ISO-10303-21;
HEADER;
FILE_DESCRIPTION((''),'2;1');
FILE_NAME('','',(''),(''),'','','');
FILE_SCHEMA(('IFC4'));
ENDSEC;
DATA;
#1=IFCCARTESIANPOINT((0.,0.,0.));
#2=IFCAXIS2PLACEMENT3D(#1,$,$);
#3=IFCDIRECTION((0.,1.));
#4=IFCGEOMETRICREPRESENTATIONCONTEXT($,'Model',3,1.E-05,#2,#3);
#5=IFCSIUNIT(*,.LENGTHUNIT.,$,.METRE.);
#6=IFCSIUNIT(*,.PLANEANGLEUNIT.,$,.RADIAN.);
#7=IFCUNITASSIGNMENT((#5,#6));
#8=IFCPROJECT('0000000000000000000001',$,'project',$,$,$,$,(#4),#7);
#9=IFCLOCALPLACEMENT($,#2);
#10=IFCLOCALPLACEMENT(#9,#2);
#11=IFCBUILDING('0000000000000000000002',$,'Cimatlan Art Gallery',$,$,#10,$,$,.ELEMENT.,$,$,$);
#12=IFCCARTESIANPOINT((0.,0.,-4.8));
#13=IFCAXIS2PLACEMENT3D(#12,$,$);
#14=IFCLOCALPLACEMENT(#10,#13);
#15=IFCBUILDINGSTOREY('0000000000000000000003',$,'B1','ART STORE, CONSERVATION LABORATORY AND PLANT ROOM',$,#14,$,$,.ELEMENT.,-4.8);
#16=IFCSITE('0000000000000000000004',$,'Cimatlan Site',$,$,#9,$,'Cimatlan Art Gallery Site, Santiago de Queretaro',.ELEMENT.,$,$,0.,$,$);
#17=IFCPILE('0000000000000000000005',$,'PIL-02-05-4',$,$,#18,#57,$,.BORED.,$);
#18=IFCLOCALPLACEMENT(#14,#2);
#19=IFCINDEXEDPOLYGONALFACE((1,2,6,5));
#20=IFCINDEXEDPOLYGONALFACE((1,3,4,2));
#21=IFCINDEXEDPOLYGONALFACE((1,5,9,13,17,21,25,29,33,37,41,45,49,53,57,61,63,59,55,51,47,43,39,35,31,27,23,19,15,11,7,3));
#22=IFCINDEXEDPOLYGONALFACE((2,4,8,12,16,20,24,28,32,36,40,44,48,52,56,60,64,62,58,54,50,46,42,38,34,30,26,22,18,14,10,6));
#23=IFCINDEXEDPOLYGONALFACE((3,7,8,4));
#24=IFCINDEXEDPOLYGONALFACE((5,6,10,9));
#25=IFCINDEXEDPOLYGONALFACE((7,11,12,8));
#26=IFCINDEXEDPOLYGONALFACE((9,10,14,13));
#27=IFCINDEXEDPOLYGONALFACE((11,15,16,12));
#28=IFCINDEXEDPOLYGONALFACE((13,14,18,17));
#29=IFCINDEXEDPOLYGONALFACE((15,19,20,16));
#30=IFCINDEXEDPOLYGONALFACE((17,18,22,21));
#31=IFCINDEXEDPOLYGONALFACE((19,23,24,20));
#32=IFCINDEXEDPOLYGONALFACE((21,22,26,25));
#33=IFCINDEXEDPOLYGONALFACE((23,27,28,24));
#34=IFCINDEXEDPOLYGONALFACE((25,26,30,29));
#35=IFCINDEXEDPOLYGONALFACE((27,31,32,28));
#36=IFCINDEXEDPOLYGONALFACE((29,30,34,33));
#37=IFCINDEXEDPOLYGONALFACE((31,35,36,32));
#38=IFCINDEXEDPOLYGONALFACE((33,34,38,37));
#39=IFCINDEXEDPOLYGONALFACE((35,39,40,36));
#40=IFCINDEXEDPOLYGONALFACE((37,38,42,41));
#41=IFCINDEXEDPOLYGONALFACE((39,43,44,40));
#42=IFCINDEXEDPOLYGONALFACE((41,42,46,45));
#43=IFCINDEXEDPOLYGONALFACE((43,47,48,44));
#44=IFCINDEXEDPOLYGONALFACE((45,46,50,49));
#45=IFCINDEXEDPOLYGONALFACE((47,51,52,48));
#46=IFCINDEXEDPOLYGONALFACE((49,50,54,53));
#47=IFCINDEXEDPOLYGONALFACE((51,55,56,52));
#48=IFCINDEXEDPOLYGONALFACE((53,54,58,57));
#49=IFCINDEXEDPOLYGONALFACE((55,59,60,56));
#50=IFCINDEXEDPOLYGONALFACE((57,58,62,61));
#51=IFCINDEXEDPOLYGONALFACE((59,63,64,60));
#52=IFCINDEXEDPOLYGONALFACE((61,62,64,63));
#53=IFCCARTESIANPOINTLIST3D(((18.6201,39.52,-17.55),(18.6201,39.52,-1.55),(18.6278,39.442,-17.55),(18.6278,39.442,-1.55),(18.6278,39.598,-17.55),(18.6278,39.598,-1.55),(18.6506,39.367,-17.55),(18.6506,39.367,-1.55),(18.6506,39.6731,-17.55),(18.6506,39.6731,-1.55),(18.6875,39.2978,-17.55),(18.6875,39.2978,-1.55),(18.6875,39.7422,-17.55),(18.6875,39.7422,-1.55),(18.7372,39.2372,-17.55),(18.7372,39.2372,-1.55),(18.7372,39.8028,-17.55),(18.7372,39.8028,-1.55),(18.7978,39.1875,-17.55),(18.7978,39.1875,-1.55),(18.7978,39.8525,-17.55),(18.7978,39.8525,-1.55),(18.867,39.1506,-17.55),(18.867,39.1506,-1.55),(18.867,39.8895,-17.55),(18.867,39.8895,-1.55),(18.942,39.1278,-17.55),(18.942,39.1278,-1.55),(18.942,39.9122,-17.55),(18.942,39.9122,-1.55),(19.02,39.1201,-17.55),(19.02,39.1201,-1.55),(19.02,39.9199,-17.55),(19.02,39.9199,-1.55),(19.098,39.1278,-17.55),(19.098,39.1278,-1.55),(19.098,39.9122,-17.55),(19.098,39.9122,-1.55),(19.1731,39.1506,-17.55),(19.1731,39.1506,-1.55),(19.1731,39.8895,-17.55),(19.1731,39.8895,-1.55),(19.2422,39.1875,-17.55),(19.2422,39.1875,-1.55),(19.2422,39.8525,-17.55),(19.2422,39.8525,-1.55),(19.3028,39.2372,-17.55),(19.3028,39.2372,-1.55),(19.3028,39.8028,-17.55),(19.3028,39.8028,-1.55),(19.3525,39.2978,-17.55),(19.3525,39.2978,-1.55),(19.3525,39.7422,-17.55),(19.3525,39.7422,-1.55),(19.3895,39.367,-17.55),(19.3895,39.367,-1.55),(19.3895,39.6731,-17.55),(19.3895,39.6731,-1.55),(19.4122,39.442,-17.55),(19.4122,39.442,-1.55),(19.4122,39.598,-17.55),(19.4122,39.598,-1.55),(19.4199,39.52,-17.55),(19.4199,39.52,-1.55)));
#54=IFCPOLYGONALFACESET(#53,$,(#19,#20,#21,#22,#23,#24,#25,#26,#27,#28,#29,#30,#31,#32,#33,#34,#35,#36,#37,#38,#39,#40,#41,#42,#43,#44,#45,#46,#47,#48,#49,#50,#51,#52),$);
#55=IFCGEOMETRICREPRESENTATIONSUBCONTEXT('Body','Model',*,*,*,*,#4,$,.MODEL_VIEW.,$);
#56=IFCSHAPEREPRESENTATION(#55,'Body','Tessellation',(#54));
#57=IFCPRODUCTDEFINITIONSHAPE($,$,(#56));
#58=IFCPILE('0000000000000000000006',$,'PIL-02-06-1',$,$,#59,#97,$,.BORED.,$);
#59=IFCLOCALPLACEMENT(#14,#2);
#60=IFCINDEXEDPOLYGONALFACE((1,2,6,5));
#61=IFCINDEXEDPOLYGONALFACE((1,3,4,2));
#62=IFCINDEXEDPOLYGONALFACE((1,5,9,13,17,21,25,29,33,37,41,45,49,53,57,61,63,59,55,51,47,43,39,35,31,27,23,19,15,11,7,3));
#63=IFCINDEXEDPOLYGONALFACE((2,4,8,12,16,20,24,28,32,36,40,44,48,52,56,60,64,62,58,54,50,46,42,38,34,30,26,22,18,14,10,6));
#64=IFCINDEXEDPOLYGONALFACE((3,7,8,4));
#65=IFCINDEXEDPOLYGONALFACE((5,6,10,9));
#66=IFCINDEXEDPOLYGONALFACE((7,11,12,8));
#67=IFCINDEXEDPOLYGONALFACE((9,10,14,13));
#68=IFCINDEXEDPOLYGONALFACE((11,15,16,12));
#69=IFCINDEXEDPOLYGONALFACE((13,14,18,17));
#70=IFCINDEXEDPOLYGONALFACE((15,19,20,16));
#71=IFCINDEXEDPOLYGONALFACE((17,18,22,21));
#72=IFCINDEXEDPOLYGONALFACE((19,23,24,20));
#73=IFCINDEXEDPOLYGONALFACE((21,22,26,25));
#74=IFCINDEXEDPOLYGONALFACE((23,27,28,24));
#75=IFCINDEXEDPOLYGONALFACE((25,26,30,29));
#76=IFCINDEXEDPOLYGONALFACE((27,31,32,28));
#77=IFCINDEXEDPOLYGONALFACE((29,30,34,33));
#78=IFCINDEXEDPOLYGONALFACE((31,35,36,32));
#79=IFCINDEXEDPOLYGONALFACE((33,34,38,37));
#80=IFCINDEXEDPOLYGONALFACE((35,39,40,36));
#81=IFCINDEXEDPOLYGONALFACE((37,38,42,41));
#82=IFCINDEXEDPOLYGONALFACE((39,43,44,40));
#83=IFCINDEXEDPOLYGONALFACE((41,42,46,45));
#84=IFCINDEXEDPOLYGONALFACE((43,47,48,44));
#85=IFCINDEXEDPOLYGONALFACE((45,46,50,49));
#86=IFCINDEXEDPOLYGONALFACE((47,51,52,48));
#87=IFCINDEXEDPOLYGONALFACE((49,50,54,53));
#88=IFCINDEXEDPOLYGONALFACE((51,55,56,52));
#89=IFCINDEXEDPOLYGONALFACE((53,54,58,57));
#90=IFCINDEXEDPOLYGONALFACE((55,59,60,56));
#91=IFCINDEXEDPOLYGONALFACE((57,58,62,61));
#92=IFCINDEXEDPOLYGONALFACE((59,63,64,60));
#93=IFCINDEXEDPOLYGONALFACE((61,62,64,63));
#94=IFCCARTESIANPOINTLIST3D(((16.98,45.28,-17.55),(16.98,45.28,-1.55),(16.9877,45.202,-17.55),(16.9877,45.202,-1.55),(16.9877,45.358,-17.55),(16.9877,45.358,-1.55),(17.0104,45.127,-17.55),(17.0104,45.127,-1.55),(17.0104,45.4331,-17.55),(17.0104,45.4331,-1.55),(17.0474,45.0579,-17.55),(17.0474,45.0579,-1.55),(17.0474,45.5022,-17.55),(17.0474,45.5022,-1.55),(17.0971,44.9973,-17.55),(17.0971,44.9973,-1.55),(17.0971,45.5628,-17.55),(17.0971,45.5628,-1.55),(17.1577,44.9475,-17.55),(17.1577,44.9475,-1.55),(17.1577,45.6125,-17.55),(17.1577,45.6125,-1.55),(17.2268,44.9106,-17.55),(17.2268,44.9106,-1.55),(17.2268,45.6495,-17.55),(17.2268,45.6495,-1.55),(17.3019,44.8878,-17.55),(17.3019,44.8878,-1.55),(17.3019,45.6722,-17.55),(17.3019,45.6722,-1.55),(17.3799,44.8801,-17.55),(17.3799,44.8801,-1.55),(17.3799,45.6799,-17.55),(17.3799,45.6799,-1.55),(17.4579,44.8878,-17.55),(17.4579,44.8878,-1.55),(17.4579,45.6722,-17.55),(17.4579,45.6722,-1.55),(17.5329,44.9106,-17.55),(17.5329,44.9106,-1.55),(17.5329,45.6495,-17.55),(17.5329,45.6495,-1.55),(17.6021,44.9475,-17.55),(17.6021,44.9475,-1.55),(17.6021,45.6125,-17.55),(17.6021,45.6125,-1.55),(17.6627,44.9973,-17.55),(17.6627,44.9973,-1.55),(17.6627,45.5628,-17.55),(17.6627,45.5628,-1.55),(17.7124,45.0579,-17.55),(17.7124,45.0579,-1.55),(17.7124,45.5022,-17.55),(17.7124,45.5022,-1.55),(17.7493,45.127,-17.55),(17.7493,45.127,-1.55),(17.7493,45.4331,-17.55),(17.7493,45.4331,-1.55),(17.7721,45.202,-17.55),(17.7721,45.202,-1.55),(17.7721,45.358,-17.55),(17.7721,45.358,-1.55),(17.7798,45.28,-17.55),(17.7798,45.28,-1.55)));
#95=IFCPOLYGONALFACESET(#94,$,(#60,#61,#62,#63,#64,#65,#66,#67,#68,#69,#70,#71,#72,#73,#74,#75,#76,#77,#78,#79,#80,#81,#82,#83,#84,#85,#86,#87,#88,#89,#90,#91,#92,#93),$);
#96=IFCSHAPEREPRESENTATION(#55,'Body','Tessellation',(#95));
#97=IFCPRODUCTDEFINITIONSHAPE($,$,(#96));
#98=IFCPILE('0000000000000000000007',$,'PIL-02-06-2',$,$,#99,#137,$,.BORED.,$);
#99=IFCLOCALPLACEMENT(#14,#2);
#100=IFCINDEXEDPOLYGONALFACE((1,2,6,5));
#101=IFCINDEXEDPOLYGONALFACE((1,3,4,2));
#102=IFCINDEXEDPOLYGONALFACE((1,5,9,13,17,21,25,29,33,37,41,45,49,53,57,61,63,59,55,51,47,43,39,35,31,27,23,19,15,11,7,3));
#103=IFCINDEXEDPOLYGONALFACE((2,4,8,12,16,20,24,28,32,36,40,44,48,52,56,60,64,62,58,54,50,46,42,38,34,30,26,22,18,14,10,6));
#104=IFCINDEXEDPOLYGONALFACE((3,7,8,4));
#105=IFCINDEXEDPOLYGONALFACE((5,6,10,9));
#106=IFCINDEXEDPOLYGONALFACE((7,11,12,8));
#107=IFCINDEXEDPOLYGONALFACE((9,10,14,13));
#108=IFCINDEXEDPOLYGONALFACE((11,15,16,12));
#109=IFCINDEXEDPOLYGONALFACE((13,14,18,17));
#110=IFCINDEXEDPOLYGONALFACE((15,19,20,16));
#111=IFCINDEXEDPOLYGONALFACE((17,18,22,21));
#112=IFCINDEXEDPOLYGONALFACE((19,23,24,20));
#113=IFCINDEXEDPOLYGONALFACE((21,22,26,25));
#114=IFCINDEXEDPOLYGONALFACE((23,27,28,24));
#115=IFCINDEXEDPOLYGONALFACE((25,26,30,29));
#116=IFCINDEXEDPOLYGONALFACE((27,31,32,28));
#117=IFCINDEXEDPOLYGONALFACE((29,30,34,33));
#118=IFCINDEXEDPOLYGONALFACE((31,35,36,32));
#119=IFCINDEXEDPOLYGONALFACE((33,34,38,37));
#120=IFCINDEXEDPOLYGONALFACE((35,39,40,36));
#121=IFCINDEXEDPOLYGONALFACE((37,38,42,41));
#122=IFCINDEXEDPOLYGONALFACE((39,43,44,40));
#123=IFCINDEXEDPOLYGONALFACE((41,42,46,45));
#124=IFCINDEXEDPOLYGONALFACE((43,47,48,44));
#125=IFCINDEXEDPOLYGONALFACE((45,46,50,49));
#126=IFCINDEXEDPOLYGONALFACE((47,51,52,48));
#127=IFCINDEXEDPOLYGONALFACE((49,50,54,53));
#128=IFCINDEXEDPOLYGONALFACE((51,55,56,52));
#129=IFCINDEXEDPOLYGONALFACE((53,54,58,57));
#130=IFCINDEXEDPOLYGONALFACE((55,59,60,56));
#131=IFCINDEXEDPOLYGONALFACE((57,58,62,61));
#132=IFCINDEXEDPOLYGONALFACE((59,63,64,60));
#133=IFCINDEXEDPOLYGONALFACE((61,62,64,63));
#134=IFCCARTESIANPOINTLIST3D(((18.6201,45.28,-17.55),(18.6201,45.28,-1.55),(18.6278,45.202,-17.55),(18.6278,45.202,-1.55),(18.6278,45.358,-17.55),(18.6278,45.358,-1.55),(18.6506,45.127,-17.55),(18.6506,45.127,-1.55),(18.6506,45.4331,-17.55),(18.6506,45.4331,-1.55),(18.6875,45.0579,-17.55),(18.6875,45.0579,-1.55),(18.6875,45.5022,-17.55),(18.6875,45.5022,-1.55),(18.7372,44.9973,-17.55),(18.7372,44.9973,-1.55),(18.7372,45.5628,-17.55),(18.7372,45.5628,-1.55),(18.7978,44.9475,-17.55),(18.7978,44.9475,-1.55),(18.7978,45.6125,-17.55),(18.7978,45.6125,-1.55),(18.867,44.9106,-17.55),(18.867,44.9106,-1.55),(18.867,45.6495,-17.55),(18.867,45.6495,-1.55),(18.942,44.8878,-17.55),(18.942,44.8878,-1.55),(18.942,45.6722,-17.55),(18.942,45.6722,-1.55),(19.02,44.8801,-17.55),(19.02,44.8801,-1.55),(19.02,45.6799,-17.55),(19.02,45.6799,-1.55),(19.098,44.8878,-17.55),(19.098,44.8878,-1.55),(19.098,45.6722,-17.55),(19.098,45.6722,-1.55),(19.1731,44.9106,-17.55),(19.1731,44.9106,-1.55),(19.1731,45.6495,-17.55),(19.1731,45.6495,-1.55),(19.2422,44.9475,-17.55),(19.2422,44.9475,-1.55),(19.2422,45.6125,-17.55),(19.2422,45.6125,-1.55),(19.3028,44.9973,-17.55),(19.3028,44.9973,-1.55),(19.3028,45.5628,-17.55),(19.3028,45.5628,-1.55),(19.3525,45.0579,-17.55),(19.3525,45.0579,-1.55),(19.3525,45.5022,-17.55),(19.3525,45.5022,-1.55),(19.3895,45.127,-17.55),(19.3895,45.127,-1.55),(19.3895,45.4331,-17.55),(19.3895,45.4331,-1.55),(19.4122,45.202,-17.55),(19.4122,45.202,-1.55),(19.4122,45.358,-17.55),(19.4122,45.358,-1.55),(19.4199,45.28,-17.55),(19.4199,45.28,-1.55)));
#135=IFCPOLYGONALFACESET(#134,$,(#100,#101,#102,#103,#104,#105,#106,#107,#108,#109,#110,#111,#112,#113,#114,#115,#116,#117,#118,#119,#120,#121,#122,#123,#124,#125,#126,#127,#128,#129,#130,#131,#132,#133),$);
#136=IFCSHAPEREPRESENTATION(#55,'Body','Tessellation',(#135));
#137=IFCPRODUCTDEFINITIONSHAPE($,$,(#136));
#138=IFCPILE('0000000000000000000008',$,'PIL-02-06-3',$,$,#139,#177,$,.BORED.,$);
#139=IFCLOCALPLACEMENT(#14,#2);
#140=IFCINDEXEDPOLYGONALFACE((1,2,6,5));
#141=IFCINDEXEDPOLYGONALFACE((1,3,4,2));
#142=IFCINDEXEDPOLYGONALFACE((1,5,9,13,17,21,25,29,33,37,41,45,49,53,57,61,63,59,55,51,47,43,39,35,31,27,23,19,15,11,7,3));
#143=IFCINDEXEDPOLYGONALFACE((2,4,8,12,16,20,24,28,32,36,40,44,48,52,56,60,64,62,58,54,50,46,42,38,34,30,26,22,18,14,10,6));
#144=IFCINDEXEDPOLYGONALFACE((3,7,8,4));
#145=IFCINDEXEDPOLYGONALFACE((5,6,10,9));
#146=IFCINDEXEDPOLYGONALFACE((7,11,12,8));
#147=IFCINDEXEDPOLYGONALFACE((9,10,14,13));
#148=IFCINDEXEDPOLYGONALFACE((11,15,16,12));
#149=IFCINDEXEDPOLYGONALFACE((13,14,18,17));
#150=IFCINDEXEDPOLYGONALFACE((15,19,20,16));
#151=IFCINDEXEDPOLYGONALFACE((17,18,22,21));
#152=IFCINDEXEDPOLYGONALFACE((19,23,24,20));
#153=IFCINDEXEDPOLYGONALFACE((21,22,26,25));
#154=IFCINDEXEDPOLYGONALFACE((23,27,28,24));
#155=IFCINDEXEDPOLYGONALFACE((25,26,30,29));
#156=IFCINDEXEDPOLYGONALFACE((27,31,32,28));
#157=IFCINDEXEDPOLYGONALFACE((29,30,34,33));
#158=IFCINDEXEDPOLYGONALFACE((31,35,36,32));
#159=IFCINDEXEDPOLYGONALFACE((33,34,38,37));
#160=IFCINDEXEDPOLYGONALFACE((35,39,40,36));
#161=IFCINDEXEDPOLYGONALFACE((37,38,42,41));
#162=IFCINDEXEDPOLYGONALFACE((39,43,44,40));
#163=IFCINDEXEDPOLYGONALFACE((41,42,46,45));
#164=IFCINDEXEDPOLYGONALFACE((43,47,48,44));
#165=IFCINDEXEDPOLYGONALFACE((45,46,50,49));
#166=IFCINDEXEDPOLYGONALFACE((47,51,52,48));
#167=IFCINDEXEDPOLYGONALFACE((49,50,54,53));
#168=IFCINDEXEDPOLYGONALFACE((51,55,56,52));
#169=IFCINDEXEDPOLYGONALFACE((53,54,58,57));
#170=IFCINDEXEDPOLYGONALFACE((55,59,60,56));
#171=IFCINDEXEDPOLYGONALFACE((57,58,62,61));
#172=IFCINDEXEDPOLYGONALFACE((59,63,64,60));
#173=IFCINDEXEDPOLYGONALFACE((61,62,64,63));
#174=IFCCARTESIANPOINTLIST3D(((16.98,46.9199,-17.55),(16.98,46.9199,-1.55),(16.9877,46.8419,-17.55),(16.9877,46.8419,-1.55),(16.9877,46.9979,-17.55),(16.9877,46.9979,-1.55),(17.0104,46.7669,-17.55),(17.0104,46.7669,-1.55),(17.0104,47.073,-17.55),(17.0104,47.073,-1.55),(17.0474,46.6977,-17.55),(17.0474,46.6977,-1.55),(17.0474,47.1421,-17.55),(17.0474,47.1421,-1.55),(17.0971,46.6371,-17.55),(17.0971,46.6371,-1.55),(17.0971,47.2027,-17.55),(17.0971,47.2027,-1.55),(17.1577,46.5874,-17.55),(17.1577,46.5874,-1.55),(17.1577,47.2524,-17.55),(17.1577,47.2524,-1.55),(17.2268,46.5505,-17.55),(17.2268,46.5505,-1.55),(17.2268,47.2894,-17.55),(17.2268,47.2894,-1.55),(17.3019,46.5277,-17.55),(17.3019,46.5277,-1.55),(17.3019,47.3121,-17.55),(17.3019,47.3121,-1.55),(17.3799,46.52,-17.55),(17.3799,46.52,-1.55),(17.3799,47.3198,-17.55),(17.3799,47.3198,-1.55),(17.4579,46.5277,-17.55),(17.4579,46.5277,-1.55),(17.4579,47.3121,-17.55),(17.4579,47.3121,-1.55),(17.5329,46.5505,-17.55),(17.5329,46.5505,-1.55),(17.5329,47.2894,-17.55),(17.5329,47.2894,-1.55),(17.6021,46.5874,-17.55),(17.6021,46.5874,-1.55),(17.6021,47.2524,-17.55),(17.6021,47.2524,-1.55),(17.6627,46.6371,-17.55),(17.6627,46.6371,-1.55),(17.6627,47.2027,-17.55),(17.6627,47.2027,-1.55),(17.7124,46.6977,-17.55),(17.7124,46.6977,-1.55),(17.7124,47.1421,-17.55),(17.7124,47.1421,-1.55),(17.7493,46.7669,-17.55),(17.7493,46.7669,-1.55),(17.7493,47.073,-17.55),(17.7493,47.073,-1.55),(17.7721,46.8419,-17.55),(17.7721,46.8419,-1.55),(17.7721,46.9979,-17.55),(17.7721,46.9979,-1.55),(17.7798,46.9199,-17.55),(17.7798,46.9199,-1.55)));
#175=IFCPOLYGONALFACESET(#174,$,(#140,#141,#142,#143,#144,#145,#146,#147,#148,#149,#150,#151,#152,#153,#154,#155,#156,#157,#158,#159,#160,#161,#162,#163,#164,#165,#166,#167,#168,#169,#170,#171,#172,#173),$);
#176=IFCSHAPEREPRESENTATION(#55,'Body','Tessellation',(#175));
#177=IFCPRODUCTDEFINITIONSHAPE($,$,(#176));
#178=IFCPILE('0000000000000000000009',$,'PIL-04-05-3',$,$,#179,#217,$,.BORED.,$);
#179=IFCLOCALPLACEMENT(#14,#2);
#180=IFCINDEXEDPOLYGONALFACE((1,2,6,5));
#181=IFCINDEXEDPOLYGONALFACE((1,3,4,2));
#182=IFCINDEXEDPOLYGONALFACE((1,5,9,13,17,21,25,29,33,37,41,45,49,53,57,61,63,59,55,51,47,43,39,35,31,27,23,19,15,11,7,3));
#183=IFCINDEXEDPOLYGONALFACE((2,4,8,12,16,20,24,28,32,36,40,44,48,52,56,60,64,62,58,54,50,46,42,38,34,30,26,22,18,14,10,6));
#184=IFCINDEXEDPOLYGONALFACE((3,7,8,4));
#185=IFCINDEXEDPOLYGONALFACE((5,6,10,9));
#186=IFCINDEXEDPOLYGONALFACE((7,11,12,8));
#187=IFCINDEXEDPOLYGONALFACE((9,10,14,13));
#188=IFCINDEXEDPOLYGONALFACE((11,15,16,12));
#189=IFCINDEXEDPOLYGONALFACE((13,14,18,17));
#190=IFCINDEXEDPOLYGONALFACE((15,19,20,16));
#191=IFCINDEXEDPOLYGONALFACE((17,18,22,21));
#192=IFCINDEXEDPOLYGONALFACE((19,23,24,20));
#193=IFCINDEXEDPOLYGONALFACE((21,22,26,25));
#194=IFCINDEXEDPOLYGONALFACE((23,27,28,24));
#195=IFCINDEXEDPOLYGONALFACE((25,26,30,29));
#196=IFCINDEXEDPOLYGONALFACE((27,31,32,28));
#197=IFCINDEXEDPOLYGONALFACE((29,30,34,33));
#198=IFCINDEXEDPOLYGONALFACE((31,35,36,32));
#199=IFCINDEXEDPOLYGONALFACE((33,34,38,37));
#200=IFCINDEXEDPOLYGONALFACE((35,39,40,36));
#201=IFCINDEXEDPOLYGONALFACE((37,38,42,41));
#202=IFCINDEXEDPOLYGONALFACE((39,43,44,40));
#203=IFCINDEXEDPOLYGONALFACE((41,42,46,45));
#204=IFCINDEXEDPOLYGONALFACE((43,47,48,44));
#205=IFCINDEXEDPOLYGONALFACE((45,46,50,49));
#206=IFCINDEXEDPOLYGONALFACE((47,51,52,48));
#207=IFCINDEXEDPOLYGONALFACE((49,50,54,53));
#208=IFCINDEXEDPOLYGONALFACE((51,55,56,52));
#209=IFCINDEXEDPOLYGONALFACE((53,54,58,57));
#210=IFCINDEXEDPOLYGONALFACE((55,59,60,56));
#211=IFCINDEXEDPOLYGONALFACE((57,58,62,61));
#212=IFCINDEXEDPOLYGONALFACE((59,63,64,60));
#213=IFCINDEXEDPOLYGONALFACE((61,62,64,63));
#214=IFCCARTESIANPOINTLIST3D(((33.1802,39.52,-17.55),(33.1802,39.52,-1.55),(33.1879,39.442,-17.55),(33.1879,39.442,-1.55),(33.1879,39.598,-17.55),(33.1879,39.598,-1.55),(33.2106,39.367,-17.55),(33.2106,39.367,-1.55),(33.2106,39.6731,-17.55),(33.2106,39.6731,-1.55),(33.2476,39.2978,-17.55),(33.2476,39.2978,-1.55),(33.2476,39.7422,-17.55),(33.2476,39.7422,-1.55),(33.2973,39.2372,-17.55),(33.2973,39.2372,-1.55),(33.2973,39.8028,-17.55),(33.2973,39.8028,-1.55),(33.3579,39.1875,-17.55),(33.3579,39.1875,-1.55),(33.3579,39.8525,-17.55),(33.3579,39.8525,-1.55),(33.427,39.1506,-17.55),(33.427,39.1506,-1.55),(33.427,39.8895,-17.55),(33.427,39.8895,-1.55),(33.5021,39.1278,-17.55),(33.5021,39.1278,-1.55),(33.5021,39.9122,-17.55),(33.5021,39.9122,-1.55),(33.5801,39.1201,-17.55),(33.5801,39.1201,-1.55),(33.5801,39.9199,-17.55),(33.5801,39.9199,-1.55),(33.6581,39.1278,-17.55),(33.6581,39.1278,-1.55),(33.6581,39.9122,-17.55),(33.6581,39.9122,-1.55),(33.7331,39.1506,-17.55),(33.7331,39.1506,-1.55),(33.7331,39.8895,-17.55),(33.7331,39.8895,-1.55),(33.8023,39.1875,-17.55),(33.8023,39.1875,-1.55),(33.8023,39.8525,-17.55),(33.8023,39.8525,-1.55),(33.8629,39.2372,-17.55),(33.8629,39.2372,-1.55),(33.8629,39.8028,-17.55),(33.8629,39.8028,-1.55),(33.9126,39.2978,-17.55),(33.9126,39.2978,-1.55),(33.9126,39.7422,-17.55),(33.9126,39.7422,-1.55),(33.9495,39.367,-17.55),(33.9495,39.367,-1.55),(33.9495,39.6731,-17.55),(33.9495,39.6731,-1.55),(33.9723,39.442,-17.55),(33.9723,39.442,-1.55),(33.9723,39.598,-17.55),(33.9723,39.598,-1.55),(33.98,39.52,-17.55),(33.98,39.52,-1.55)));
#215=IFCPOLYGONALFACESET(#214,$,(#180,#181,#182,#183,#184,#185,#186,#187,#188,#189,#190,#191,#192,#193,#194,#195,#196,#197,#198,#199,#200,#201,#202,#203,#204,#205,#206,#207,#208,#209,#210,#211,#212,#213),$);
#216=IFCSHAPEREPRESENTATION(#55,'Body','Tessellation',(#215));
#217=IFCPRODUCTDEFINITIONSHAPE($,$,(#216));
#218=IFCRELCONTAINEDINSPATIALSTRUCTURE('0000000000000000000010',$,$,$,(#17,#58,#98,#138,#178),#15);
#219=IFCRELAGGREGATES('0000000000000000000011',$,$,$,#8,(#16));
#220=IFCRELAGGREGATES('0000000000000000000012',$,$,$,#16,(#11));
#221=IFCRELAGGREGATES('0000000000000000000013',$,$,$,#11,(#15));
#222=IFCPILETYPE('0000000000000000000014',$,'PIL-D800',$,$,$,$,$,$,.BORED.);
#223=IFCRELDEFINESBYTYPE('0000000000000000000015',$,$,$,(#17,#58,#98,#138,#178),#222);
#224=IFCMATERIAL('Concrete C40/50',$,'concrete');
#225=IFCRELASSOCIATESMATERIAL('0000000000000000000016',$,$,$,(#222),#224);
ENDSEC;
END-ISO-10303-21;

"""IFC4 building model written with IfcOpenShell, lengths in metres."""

from ifc_helpers import new_model, si_unit, direction, frame, origin, origin_2d, place, context, subcontext, project, spatial, circle, extrude, material, type_object, element, save


model = new_model("IFC4")

# Units and contexts
model_context = context("Model", 3, precision=1e-05, world=origin(), true_north=direction((0.0, 1.0)))
body_context = subcontext(model_context, "Body", "Model", "MODEL_VIEW")
ifc_project = project(units=[si_unit("LENGTHUNIT", "METRE"), si_unit("PLANEANGLEUNIT", "RADIAN")], contexts=[model_context])

# Site, building, storey
site_placement = place(None, origin())
site = spatial("IfcSite", under=ifc_project, at=site_placement, Name="Cimatlan Site", LongName="Cimatlan Art Gallery Site, Santiago de Queretaro", CompositionType="ELEMENT", RefElevation=0.0)
building_placement = place(site_placement, origin())
building = spatial("IfcBuilding", under=site, at=building_placement, Name="Cimatlan Art Gallery", CompositionType="ELEMENT")
storey_placement = place(building_placement, frame((0.0, 0.0, -4.8)))
storey = spatial("IfcBuildingStorey", under=building, at=storey_placement, Name="B1", Description="ART STORE, CONSERVATION LABORATORY AND PLANT ROOM", CompositionType="ELEMENT", Elevation=-4.8)

# Shared definitions
ifc_material_1 = material(Name="Concrete C40/50", Category="concrete")

# Piles
pile_type_1 = type_object("IfcPileType", Name="PIL-D800", PredefinedType="BORED", material=ifc_material_1)
for number, where, z_axis, x_axis, name in (
    (1, (19.02, 39.52, -1.55), (0.0, 0.0, -1.0), (1.0, 0.0, 0.0), "PIL-02-05-4"),
    (2, (17.3799, 45.28, -1.55), (0.0, 0.0, -1.0), (1.0, 0.0, 0.0), "PIL-02-06-1"),
    (3, (19.02, 45.28, -1.55), (0.0, 0.0, -1.0), (1.0, 0.0, 0.0), "PIL-02-06-2"),
    (4, (17.3799, 46.9199, -1.55), (0.0, 0.0, -1.0), (1.0, 0.0, 0.0), "PIL-02-06-3"),
    (5, (33.5801, 39.52, -1.55), (0.0, 0.0, -1.0), (1.0, 0.0, 0.0), "PIL-04-05-3"),
):
    element("IfcPile", number, at=place(storey_placement, frame(where, z_axis=z_axis, x_axis=x_axis)), inside=storey, type_object=pile_type_1, Name=name, PredefinedType="BORED", context=body_context, shape_type="SweptSolid", body=[
        extrude(circle(Radius=0.3999, at=origin_2d()), origin(), (0.0, 0.0, 1.0), 16.0),
    ])

save(model, "model.ifc")
